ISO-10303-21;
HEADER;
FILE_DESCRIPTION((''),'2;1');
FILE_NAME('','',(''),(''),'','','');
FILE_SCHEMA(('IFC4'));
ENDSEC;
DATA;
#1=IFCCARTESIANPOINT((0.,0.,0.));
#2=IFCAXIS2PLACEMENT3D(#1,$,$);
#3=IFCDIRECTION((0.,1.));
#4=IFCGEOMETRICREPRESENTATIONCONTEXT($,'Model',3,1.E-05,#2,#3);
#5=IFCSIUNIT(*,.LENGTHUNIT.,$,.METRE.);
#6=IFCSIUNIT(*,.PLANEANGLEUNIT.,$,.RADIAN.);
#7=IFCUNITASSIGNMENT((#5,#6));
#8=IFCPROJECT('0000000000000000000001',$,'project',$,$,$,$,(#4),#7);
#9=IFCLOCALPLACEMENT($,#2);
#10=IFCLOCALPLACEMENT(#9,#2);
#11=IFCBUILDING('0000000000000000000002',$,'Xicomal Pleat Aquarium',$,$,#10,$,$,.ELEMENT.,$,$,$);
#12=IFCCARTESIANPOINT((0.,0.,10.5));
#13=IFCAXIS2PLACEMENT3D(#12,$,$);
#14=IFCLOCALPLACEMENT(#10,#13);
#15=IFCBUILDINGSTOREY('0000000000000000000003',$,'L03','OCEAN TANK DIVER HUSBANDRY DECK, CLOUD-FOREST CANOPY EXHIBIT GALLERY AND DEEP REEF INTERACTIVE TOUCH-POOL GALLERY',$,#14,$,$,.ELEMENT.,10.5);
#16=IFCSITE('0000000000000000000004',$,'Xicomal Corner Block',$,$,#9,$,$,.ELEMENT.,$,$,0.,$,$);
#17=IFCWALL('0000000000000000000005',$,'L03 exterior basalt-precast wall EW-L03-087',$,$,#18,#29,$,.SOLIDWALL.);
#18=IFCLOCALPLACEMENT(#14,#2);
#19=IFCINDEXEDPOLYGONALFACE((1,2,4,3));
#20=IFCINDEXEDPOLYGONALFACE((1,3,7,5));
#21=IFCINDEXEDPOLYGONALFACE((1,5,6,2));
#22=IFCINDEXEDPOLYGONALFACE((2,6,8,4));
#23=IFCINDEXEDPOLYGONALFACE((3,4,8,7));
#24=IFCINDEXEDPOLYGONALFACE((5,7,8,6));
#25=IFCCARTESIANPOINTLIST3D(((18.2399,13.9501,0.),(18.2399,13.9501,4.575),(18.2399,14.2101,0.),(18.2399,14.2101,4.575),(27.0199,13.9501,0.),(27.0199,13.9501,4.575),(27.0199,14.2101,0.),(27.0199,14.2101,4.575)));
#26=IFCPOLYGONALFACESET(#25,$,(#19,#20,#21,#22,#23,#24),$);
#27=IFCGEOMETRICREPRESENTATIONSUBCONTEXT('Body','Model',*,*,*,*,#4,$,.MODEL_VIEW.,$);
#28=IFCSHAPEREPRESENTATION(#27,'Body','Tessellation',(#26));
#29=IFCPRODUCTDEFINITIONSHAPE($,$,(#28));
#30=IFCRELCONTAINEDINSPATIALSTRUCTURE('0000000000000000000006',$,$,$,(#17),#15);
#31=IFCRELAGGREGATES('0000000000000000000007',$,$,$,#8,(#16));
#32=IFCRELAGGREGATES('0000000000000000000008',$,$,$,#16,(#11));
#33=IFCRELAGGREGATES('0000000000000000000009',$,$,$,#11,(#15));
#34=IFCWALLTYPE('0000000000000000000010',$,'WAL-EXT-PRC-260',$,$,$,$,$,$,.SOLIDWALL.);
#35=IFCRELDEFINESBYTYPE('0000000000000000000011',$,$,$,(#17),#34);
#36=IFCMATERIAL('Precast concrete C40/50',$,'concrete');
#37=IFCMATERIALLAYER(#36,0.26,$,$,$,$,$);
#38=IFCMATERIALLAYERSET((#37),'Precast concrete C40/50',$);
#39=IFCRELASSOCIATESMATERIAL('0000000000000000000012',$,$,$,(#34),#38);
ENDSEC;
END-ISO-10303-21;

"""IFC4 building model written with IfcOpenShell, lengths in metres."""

from ifc_helpers import new_model, si_unit, direction, frame, frame_2d, origin, place, context, subcontext, project, spatial, rectangle, extrude, material, layer, layer_set, type_object, element, save


model = new_model("IFC4")

# Units and contexts
model_context = context("Model", 3, precision=1e-05, world=origin(), true_north=direction((0.0, 1.0)))
body_context = subcontext(model_context, "Body", "Model", "MODEL_VIEW")
ifc_project = project(units=[si_unit("LENGTHUNIT", "METRE"), si_unit("PLANEANGLEUNIT", "RADIAN")], contexts=[model_context])

# Site, building, storey
site_placement = place(None, origin())
site = spatial("IfcSite", under=ifc_project, at=site_placement, Name="Xicomal Corner Block", CompositionType="ELEMENT", RefElevation=0.0)
building_placement = place(site_placement, origin())
building = spatial("IfcBuilding", under=site, at=building_placement, Name="Xicomal Pleat Aquarium", CompositionType="ELEMENT")
storey_placement = place(building_placement, frame((0.0, 0.0, 10.5)))
storey = spatial("IfcBuildingStorey", under=building, at=storey_placement, Name="L03", Description="OCEAN TANK DIVER HUSBANDRY DECK, CLOUD-FOREST CANOPY EXHIBIT GALLERY AND DEEP REEF INTERACTIVE TOUCH-POOL GALLERY", CompositionType="ELEMENT", Elevation=10.5)

# Wall
ifc_material_1 = material(Name="Precast concrete C40/50", Category="concrete")
ifc_layer_1 = layer(ifc_material_1, 0.26)
ifc_layer_set_1 = layer_set([ifc_layer_1], Name="Precast concrete C40/50")
wall_type_1 = type_object("IfcWallType", Name="WAL-EXT-PRC-260", PredefinedType="SOLIDWALL", material=ifc_layer_set_1)
wall_1_placement = place(storey_placement, frame((27.02, 14.0801, 0.0), z_axis=(0.0, 0.0, 1.0), x_axis=(-1.0, 0.0, 0.0)))
element("IfcWall", 1, at=wall_1_placement, inside=storey, type_object=wall_type_1, Name="L03 exterior basalt-precast wall EW-L03-087", PredefinedType="SOLIDWALL", context=body_context, shape_type="SweptSolid", body=[
    extrude(rectangle(XDim=8.78, YDim=0.26, at=frame_2d((4.3901, 0.0))), origin(), (0.0, 0.0, 1.0), 4.575),
])

save(model, "model.ifc")
